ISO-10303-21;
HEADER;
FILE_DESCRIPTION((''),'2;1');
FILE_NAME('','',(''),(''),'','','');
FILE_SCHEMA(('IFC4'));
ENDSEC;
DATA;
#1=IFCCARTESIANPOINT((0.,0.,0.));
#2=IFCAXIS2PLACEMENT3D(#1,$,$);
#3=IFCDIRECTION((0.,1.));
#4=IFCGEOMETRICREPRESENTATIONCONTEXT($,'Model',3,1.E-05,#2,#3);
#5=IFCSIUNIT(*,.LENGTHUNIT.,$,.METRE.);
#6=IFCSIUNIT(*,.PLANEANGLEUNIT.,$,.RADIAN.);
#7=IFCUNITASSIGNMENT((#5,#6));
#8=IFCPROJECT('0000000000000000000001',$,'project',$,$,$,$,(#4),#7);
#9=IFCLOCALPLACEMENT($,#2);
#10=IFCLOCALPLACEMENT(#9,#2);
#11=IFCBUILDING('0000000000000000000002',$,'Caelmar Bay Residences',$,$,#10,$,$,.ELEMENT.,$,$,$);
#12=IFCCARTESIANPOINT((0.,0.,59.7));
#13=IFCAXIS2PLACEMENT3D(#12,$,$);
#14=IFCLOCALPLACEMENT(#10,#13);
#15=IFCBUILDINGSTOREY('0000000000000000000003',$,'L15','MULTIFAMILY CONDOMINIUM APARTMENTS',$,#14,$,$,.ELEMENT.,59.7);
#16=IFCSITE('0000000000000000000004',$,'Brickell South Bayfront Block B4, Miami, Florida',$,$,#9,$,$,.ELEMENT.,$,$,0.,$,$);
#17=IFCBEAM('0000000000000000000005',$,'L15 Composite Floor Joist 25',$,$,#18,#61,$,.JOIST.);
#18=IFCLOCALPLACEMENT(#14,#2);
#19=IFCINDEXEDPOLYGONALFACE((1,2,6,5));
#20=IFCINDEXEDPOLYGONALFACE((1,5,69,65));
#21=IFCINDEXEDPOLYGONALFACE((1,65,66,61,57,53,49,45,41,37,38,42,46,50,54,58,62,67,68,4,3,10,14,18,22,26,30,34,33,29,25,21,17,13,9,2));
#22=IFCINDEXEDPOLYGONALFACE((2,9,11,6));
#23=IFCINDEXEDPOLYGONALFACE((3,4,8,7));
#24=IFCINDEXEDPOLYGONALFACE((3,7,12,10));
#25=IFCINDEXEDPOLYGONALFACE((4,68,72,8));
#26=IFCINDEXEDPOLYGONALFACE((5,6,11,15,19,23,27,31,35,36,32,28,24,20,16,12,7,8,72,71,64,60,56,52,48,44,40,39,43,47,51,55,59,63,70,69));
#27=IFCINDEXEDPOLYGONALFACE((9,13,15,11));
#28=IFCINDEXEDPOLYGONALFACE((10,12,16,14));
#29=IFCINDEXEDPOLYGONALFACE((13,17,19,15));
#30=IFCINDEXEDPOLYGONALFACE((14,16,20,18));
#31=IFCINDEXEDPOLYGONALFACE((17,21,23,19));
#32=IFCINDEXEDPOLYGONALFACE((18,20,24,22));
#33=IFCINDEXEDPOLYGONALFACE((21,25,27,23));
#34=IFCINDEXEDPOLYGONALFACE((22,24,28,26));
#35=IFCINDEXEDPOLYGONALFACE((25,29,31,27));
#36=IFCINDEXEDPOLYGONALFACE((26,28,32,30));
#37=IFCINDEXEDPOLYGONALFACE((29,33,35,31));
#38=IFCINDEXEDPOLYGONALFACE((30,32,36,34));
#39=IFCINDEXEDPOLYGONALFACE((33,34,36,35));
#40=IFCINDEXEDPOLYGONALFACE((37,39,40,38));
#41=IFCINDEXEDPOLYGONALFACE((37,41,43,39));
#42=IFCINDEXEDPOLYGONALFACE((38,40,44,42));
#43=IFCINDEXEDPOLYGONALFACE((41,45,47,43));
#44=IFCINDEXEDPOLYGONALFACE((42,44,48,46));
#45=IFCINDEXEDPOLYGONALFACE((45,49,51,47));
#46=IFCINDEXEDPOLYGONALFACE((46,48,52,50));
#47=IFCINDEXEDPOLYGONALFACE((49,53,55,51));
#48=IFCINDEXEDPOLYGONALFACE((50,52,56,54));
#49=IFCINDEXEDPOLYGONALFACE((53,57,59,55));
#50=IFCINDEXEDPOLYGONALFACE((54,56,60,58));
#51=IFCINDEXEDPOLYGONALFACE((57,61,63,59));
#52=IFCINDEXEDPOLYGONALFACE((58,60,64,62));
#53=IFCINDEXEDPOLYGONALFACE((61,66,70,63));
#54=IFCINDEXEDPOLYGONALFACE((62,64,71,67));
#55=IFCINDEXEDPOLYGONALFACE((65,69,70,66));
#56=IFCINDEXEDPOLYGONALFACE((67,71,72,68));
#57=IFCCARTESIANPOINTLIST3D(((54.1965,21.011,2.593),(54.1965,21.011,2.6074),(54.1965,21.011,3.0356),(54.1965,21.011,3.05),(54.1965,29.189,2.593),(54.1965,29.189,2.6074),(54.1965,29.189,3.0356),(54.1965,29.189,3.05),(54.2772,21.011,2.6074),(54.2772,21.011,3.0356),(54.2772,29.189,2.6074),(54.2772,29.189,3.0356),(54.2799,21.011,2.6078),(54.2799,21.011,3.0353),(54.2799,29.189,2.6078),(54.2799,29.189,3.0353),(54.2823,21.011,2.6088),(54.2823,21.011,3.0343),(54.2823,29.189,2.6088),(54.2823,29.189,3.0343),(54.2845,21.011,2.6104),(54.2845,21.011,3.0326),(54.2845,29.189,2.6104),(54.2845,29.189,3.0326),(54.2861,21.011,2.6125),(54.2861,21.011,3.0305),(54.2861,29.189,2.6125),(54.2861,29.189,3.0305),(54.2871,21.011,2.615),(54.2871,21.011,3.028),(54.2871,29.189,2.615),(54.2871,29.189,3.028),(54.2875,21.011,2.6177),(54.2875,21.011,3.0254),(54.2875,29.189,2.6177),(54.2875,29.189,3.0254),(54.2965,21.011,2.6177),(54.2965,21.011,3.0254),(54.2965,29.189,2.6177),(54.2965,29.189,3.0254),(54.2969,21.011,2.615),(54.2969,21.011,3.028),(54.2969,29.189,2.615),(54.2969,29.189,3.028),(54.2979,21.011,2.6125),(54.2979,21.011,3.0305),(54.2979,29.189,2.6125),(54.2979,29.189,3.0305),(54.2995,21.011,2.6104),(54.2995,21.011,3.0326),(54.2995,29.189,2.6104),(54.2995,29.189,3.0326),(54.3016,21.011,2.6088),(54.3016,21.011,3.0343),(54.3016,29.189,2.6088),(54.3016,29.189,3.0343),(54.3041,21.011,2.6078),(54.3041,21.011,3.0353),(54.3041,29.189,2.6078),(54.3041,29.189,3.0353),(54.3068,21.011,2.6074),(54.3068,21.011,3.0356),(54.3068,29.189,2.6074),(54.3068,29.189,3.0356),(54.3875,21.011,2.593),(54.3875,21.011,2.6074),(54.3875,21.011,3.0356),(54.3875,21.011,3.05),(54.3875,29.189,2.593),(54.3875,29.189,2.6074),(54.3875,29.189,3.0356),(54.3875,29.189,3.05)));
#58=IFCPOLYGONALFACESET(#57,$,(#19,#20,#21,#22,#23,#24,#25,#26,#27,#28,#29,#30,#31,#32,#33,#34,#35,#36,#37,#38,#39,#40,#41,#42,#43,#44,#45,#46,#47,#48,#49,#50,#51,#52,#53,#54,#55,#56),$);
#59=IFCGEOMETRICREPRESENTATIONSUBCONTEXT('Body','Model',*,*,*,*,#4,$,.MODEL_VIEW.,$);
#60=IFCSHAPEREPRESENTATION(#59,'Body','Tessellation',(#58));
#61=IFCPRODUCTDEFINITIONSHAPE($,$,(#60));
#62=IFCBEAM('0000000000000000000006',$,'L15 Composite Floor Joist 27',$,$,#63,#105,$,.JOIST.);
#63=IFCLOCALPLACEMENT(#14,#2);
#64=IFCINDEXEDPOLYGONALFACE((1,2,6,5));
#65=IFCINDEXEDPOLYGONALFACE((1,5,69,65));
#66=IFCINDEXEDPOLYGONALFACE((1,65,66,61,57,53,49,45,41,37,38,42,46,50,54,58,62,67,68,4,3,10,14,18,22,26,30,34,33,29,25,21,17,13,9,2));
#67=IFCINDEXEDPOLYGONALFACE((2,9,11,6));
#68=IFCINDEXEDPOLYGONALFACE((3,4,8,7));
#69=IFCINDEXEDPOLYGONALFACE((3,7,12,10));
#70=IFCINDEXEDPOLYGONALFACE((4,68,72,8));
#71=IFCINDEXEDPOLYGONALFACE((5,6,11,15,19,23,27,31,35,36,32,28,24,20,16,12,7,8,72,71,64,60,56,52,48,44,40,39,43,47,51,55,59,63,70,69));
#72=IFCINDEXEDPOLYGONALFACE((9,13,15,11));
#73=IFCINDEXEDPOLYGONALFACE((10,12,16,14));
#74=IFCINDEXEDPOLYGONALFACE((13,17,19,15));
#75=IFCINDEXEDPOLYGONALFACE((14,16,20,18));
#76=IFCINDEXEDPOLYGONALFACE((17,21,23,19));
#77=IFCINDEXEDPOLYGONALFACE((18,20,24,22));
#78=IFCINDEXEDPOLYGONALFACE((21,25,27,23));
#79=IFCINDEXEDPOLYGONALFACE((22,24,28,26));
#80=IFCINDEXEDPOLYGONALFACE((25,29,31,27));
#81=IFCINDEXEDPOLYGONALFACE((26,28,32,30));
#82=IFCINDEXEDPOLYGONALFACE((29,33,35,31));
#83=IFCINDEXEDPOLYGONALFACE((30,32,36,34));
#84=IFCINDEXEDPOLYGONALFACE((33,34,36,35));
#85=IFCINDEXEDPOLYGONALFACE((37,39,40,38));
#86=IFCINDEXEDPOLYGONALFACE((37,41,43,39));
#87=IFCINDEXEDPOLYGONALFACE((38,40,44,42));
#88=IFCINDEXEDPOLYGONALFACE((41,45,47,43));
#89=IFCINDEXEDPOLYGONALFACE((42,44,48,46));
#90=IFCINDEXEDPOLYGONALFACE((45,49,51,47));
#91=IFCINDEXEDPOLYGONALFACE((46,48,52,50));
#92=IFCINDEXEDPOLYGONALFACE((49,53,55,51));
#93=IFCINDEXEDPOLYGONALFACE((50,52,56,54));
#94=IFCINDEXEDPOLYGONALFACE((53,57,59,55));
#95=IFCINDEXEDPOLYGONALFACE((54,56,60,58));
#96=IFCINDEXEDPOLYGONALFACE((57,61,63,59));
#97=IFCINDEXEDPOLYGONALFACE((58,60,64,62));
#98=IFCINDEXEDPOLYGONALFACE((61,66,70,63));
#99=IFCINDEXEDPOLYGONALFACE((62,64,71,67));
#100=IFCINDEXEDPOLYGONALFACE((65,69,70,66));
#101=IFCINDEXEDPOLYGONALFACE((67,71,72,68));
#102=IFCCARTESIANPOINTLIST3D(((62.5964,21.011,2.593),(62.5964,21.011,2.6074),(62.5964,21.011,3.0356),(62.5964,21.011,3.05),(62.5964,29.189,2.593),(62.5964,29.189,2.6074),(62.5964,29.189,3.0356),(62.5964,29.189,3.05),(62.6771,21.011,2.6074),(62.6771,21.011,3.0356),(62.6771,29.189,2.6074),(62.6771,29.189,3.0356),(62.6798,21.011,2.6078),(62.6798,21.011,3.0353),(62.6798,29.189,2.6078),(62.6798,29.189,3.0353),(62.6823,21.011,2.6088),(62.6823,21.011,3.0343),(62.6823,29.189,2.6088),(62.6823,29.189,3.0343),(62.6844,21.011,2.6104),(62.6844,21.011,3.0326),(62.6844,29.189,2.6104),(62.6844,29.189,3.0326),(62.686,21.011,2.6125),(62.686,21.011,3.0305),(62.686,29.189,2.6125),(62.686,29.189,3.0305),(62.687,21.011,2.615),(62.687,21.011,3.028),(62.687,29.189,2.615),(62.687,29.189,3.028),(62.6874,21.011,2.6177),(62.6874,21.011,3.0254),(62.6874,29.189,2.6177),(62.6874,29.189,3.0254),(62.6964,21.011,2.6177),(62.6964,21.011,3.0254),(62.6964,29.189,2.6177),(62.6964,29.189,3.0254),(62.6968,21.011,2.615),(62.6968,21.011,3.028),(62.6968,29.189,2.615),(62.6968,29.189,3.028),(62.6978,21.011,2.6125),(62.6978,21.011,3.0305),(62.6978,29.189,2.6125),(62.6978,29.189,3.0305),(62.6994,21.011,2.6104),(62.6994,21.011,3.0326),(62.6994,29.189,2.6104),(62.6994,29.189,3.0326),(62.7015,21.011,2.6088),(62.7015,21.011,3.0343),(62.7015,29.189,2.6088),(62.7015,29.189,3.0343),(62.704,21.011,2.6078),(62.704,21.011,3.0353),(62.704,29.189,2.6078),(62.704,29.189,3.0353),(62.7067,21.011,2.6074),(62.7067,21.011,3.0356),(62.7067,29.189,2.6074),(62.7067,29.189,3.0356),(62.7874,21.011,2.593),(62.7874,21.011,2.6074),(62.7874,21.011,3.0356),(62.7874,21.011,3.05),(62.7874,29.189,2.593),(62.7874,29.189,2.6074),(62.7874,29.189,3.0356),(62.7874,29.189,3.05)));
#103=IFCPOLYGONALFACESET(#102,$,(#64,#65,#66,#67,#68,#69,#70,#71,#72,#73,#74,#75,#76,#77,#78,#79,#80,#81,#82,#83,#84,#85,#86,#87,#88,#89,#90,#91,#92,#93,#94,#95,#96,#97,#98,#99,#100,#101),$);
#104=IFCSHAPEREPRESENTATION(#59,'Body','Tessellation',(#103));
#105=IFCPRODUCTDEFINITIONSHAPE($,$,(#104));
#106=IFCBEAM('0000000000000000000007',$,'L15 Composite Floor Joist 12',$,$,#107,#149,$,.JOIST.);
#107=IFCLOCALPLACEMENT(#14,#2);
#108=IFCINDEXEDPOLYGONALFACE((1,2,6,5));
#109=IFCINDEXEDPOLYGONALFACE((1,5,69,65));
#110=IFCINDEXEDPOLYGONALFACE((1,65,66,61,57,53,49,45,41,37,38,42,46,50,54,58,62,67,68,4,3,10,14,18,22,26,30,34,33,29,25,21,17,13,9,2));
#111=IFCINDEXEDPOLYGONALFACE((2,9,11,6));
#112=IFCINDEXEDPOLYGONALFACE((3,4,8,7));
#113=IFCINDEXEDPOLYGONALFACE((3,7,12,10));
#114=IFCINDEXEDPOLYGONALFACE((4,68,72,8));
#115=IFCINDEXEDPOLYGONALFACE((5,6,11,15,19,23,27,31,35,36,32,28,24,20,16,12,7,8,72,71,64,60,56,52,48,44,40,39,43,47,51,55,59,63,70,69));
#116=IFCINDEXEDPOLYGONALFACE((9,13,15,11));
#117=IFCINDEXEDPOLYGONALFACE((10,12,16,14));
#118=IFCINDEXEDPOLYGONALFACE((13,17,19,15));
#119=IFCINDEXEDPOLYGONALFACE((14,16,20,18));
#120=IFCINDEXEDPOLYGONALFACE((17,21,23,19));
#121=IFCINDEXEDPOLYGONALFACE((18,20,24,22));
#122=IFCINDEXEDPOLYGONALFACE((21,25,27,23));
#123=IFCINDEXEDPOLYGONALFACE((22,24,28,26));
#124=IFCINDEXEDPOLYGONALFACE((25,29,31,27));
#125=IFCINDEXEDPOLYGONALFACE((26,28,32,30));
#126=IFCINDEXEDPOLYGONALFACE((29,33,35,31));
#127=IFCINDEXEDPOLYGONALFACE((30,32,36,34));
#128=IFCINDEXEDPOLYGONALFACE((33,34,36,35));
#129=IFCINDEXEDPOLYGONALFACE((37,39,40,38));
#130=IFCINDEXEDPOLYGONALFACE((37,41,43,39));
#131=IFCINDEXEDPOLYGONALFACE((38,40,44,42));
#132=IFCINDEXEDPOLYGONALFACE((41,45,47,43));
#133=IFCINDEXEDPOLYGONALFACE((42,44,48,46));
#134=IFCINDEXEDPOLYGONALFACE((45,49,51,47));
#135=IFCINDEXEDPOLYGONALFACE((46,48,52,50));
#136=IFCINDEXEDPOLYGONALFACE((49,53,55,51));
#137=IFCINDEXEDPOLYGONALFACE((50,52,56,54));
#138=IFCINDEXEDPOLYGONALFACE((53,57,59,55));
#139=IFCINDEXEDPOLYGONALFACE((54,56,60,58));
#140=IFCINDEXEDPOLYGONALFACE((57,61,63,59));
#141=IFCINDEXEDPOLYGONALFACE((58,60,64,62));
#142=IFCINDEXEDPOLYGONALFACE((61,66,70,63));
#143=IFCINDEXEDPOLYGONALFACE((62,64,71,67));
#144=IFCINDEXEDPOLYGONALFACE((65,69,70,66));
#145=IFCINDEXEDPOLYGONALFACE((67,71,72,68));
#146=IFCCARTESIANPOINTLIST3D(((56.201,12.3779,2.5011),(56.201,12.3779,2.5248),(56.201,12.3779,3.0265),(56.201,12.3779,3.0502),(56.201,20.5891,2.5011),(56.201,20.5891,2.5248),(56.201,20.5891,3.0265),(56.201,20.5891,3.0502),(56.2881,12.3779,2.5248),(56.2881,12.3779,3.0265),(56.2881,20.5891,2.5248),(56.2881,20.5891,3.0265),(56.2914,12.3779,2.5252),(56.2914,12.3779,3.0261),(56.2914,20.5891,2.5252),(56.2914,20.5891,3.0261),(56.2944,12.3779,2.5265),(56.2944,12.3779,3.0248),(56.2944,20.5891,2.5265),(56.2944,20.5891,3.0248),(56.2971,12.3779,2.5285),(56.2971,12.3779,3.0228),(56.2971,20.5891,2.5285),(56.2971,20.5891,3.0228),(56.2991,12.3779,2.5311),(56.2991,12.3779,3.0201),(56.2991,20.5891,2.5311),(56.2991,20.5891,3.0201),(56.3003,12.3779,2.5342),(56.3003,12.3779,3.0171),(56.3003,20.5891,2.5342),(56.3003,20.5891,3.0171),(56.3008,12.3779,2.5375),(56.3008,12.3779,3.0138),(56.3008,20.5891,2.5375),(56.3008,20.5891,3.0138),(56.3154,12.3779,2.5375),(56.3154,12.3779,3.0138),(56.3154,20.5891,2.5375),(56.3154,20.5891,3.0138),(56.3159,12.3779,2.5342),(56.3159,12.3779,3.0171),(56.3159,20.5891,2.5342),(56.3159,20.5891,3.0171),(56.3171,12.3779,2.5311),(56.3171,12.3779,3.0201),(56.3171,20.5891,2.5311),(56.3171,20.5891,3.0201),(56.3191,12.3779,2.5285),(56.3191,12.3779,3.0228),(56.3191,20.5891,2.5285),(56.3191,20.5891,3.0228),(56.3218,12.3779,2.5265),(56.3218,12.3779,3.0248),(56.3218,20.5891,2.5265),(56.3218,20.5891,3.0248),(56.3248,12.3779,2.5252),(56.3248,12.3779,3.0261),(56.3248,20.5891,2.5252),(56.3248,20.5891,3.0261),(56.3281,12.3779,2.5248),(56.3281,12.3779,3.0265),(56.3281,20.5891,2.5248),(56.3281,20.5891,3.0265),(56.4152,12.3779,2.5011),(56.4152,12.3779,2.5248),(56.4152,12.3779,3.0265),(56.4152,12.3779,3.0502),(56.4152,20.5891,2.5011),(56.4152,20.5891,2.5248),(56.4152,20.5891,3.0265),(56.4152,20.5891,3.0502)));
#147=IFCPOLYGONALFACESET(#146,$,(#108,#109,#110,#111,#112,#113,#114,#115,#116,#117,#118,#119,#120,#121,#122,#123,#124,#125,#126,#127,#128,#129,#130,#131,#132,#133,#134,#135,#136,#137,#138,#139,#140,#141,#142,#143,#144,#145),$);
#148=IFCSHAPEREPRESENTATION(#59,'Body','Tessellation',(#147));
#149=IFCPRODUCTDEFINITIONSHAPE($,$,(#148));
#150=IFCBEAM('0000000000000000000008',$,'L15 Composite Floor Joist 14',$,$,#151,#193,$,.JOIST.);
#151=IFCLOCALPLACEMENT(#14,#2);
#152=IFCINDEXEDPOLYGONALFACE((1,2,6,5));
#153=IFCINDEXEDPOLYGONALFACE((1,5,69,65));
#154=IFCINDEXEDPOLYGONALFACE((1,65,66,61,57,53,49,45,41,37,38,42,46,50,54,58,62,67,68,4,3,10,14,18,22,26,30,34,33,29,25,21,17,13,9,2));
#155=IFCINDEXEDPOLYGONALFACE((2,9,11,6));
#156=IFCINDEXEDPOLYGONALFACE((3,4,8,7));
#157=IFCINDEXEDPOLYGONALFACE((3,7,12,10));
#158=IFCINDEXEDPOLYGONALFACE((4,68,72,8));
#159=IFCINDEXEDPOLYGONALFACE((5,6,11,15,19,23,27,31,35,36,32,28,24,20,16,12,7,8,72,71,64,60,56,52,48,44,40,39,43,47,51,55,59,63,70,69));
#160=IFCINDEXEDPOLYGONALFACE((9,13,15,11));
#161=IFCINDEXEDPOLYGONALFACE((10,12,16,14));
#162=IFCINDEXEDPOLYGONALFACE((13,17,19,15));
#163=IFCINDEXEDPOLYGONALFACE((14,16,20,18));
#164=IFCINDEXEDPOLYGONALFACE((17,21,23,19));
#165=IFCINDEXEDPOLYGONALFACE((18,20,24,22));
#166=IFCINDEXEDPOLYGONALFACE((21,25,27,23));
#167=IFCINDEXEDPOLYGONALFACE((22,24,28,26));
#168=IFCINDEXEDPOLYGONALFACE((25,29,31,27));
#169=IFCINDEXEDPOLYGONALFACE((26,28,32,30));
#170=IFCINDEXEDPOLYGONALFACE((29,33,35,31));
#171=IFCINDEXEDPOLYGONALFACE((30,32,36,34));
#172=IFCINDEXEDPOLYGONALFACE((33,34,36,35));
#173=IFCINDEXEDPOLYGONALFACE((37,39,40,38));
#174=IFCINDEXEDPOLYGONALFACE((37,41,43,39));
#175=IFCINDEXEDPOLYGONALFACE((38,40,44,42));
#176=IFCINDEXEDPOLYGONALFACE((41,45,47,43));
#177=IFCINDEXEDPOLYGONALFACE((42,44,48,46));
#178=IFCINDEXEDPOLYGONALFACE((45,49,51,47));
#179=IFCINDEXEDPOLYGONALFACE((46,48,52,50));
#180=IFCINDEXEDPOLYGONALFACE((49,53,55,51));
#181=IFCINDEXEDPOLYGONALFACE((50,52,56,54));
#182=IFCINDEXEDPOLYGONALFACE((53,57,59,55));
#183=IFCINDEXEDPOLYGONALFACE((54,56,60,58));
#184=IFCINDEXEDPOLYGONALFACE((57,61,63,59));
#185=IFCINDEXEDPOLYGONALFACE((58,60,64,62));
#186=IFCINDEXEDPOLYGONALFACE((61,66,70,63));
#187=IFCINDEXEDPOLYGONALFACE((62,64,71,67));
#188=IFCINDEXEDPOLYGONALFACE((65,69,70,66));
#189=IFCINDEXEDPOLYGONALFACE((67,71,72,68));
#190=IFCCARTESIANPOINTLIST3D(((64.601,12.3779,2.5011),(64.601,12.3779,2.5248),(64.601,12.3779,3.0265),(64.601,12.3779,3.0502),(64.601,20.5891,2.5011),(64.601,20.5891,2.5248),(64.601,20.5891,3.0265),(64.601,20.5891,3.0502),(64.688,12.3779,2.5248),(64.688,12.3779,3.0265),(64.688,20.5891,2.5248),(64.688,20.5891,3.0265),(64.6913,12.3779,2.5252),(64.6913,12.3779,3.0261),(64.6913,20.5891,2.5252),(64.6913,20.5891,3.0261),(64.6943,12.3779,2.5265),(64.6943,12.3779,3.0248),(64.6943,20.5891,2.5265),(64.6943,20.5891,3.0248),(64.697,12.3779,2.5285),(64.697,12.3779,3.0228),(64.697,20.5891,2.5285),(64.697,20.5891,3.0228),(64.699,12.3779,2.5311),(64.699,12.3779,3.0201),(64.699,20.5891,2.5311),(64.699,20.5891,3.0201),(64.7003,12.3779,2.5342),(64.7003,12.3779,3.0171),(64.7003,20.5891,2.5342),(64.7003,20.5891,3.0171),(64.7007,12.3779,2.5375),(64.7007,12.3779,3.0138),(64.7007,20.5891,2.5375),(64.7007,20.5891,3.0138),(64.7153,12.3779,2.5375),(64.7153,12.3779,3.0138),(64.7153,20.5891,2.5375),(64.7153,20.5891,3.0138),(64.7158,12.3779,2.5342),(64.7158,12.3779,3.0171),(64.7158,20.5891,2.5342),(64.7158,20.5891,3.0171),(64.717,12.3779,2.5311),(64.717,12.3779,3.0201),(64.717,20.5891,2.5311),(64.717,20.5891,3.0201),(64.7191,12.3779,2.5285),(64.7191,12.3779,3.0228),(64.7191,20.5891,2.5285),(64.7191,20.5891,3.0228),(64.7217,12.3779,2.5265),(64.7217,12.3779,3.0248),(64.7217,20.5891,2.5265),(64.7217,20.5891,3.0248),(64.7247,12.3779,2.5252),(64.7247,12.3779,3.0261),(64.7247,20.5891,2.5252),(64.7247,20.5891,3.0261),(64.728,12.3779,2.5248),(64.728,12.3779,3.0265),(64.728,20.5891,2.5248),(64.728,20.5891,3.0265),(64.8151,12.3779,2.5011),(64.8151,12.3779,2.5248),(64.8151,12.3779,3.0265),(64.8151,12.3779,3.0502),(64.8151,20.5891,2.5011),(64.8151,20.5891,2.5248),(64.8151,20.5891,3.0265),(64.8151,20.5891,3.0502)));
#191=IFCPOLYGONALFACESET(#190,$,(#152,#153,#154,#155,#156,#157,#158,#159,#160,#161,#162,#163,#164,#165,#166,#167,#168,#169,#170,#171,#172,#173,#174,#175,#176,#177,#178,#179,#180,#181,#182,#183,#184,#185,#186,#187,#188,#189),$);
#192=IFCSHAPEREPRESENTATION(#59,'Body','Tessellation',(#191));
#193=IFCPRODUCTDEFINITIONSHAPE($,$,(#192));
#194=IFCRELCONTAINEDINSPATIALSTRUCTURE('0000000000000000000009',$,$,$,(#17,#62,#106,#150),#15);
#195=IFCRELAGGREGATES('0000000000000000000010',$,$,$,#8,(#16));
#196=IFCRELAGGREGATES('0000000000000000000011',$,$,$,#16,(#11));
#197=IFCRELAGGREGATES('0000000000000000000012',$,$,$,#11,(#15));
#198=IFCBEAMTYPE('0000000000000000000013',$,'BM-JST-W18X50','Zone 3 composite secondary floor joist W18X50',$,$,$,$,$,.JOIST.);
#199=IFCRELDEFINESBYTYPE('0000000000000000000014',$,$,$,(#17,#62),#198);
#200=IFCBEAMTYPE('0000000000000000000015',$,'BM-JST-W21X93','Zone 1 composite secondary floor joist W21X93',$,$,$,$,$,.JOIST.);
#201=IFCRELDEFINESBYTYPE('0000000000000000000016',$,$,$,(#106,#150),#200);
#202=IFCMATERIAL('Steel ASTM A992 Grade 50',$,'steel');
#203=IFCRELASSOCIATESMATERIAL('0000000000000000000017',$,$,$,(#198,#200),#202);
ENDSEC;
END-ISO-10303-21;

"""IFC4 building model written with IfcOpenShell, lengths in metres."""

from ifc_helpers import new_model, si_unit, direction, frame, origin, origin_2d, place, context, subcontext, project, spatial, i_section, extrude, material, material_profile, profile_set, type_object, element, save


model = new_model("IFC4")

# Units and contexts
model_context = context("Model", 3, precision=1e-05, world=origin(), true_north=direction((0.0, 1.0)))
body_context = subcontext(model_context, "Body", "Model", "MODEL_VIEW")
ifc_project = project(units=[si_unit("LENGTHUNIT", "METRE"), si_unit("PLANEANGLEUNIT", "RADIAN")], contexts=[model_context])

# Site, building, storey
site_placement = place(None, origin())
site = spatial("IfcSite", under=ifc_project, at=site_placement, Name="Brickell South Bayfront Block B4, Miami, Florida", CompositionType="ELEMENT", RefElevation=0.0)
building_placement = place(site_placement, origin())
building = spatial("IfcBuilding", under=site, at=building_placement, Name="Caelmar Bay Residences", CompositionType="ELEMENT")
storey_placement = place(building_placement, frame((0.0, 0.0, 59.7)))
storey = spatial("IfcBuildingStorey", under=building, at=storey_placement, Name="L15", Description="MULTIFAMILY CONDOMINIUM APARTMENTS", CompositionType="ELEMENT", Elevation=59.7)

# Beams
ifc_material_1 = material(Name="Steel ASTM A992 Grade 50", Category="steel")
ifc_material_profile_1 = material_profile(ifc_material_1, i_section(OverallWidth=0.1909, OverallDepth=0.457, WebThickness=0.009, FlangeThickness=0.0144, FilletRadius=0.0103, at=origin_2d()), Name="W18X50")
ifc_profile_set_1 = profile_set([ifc_material_profile_1], Name="Steel ASTM A992 Grade 50")
beam_type_1 = type_object("IfcBeamType", Name="BM-JST-W18X50", Description="Zone 3 composite secondary floor joist W18X50", PredefinedType="JOIST", material=ifc_profile_set_1)
for number, where, z_axis, x_axis, name in (
    (1, (54.292, 21.011, 2.8215), (0.0, 1.0, 0.0), (-1.0, 0.0, 0.0), "L15 Composite Floor Joist 25"),
    (2, (62.6919, 21.011, 2.8215), (0.0, 1.0, 0.0), (-1.0, 0.0, 0.0), "L15 Composite Floor Joist 27"),
):
    element("IfcBeam", number, at=place(storey_placement, frame(where, z_axis=z_axis, x_axis=x_axis)), inside=storey, type_object=beam_type_1, Name=name, PredefinedType="JOIST", context=body_context, shape_type="SweptSolid", body=[
        extrude(i_section(OverallWidth=0.1909, OverallDepth=0.457, WebThickness=0.009, FlangeThickness=0.0144, FilletRadius=0.0103, at=origin_2d()), origin(), (0.0, 0.0, 1.0), 8.178),
    ])
ifc_material_profile_2 = material_profile(ifc_material_1, i_section(OverallWidth=0.2141, OverallDepth=0.5491, WebThickness=0.0146, FlangeThickness=0.0237, FilletRadius=0.0127, at=origin_2d()), Name="W21X93")
ifc_profile_set_2 = profile_set([ifc_material_profile_2], Name="Steel ASTM A992 Grade 50")
beam_type_2 = type_object("IfcBeamType", Name="BM-JST-W21X93", Description="Zone 1 composite secondary floor joist W21X93", PredefinedType="JOIST", material=ifc_profile_set_2)
for number, where, z_axis, x_axis, name in (
    (3, (56.3081, 12.3779, 2.7756), (0.0, 1.0, 0.0), (-1.0, 0.0, 0.0), "L15 Composite Floor Joist 12"),
    (4, (64.708, 12.3779, 2.7756), (0.0, 1.0, 0.0), (-1.0, 0.0, 0.0), "L15 Composite Floor Joist 14"),
):
    element("IfcBeam", number, at=place(storey_placement, frame(where, z_axis=z_axis, x_axis=x_axis)), inside=storey, type_object=beam_type_2, Name=name, PredefinedType="JOIST", context=body_context, shape_type="SweptSolid", body=[
        extrude(i_section(OverallWidth=0.2141, OverallDepth=0.5491, WebThickness=0.0146, FlangeThickness=0.0237, FilletRadius=0.0127, at=origin_2d()), origin(), (0.0, 0.0, 1.0), 8.2112),
    ])

save(model, "model.ifc")
